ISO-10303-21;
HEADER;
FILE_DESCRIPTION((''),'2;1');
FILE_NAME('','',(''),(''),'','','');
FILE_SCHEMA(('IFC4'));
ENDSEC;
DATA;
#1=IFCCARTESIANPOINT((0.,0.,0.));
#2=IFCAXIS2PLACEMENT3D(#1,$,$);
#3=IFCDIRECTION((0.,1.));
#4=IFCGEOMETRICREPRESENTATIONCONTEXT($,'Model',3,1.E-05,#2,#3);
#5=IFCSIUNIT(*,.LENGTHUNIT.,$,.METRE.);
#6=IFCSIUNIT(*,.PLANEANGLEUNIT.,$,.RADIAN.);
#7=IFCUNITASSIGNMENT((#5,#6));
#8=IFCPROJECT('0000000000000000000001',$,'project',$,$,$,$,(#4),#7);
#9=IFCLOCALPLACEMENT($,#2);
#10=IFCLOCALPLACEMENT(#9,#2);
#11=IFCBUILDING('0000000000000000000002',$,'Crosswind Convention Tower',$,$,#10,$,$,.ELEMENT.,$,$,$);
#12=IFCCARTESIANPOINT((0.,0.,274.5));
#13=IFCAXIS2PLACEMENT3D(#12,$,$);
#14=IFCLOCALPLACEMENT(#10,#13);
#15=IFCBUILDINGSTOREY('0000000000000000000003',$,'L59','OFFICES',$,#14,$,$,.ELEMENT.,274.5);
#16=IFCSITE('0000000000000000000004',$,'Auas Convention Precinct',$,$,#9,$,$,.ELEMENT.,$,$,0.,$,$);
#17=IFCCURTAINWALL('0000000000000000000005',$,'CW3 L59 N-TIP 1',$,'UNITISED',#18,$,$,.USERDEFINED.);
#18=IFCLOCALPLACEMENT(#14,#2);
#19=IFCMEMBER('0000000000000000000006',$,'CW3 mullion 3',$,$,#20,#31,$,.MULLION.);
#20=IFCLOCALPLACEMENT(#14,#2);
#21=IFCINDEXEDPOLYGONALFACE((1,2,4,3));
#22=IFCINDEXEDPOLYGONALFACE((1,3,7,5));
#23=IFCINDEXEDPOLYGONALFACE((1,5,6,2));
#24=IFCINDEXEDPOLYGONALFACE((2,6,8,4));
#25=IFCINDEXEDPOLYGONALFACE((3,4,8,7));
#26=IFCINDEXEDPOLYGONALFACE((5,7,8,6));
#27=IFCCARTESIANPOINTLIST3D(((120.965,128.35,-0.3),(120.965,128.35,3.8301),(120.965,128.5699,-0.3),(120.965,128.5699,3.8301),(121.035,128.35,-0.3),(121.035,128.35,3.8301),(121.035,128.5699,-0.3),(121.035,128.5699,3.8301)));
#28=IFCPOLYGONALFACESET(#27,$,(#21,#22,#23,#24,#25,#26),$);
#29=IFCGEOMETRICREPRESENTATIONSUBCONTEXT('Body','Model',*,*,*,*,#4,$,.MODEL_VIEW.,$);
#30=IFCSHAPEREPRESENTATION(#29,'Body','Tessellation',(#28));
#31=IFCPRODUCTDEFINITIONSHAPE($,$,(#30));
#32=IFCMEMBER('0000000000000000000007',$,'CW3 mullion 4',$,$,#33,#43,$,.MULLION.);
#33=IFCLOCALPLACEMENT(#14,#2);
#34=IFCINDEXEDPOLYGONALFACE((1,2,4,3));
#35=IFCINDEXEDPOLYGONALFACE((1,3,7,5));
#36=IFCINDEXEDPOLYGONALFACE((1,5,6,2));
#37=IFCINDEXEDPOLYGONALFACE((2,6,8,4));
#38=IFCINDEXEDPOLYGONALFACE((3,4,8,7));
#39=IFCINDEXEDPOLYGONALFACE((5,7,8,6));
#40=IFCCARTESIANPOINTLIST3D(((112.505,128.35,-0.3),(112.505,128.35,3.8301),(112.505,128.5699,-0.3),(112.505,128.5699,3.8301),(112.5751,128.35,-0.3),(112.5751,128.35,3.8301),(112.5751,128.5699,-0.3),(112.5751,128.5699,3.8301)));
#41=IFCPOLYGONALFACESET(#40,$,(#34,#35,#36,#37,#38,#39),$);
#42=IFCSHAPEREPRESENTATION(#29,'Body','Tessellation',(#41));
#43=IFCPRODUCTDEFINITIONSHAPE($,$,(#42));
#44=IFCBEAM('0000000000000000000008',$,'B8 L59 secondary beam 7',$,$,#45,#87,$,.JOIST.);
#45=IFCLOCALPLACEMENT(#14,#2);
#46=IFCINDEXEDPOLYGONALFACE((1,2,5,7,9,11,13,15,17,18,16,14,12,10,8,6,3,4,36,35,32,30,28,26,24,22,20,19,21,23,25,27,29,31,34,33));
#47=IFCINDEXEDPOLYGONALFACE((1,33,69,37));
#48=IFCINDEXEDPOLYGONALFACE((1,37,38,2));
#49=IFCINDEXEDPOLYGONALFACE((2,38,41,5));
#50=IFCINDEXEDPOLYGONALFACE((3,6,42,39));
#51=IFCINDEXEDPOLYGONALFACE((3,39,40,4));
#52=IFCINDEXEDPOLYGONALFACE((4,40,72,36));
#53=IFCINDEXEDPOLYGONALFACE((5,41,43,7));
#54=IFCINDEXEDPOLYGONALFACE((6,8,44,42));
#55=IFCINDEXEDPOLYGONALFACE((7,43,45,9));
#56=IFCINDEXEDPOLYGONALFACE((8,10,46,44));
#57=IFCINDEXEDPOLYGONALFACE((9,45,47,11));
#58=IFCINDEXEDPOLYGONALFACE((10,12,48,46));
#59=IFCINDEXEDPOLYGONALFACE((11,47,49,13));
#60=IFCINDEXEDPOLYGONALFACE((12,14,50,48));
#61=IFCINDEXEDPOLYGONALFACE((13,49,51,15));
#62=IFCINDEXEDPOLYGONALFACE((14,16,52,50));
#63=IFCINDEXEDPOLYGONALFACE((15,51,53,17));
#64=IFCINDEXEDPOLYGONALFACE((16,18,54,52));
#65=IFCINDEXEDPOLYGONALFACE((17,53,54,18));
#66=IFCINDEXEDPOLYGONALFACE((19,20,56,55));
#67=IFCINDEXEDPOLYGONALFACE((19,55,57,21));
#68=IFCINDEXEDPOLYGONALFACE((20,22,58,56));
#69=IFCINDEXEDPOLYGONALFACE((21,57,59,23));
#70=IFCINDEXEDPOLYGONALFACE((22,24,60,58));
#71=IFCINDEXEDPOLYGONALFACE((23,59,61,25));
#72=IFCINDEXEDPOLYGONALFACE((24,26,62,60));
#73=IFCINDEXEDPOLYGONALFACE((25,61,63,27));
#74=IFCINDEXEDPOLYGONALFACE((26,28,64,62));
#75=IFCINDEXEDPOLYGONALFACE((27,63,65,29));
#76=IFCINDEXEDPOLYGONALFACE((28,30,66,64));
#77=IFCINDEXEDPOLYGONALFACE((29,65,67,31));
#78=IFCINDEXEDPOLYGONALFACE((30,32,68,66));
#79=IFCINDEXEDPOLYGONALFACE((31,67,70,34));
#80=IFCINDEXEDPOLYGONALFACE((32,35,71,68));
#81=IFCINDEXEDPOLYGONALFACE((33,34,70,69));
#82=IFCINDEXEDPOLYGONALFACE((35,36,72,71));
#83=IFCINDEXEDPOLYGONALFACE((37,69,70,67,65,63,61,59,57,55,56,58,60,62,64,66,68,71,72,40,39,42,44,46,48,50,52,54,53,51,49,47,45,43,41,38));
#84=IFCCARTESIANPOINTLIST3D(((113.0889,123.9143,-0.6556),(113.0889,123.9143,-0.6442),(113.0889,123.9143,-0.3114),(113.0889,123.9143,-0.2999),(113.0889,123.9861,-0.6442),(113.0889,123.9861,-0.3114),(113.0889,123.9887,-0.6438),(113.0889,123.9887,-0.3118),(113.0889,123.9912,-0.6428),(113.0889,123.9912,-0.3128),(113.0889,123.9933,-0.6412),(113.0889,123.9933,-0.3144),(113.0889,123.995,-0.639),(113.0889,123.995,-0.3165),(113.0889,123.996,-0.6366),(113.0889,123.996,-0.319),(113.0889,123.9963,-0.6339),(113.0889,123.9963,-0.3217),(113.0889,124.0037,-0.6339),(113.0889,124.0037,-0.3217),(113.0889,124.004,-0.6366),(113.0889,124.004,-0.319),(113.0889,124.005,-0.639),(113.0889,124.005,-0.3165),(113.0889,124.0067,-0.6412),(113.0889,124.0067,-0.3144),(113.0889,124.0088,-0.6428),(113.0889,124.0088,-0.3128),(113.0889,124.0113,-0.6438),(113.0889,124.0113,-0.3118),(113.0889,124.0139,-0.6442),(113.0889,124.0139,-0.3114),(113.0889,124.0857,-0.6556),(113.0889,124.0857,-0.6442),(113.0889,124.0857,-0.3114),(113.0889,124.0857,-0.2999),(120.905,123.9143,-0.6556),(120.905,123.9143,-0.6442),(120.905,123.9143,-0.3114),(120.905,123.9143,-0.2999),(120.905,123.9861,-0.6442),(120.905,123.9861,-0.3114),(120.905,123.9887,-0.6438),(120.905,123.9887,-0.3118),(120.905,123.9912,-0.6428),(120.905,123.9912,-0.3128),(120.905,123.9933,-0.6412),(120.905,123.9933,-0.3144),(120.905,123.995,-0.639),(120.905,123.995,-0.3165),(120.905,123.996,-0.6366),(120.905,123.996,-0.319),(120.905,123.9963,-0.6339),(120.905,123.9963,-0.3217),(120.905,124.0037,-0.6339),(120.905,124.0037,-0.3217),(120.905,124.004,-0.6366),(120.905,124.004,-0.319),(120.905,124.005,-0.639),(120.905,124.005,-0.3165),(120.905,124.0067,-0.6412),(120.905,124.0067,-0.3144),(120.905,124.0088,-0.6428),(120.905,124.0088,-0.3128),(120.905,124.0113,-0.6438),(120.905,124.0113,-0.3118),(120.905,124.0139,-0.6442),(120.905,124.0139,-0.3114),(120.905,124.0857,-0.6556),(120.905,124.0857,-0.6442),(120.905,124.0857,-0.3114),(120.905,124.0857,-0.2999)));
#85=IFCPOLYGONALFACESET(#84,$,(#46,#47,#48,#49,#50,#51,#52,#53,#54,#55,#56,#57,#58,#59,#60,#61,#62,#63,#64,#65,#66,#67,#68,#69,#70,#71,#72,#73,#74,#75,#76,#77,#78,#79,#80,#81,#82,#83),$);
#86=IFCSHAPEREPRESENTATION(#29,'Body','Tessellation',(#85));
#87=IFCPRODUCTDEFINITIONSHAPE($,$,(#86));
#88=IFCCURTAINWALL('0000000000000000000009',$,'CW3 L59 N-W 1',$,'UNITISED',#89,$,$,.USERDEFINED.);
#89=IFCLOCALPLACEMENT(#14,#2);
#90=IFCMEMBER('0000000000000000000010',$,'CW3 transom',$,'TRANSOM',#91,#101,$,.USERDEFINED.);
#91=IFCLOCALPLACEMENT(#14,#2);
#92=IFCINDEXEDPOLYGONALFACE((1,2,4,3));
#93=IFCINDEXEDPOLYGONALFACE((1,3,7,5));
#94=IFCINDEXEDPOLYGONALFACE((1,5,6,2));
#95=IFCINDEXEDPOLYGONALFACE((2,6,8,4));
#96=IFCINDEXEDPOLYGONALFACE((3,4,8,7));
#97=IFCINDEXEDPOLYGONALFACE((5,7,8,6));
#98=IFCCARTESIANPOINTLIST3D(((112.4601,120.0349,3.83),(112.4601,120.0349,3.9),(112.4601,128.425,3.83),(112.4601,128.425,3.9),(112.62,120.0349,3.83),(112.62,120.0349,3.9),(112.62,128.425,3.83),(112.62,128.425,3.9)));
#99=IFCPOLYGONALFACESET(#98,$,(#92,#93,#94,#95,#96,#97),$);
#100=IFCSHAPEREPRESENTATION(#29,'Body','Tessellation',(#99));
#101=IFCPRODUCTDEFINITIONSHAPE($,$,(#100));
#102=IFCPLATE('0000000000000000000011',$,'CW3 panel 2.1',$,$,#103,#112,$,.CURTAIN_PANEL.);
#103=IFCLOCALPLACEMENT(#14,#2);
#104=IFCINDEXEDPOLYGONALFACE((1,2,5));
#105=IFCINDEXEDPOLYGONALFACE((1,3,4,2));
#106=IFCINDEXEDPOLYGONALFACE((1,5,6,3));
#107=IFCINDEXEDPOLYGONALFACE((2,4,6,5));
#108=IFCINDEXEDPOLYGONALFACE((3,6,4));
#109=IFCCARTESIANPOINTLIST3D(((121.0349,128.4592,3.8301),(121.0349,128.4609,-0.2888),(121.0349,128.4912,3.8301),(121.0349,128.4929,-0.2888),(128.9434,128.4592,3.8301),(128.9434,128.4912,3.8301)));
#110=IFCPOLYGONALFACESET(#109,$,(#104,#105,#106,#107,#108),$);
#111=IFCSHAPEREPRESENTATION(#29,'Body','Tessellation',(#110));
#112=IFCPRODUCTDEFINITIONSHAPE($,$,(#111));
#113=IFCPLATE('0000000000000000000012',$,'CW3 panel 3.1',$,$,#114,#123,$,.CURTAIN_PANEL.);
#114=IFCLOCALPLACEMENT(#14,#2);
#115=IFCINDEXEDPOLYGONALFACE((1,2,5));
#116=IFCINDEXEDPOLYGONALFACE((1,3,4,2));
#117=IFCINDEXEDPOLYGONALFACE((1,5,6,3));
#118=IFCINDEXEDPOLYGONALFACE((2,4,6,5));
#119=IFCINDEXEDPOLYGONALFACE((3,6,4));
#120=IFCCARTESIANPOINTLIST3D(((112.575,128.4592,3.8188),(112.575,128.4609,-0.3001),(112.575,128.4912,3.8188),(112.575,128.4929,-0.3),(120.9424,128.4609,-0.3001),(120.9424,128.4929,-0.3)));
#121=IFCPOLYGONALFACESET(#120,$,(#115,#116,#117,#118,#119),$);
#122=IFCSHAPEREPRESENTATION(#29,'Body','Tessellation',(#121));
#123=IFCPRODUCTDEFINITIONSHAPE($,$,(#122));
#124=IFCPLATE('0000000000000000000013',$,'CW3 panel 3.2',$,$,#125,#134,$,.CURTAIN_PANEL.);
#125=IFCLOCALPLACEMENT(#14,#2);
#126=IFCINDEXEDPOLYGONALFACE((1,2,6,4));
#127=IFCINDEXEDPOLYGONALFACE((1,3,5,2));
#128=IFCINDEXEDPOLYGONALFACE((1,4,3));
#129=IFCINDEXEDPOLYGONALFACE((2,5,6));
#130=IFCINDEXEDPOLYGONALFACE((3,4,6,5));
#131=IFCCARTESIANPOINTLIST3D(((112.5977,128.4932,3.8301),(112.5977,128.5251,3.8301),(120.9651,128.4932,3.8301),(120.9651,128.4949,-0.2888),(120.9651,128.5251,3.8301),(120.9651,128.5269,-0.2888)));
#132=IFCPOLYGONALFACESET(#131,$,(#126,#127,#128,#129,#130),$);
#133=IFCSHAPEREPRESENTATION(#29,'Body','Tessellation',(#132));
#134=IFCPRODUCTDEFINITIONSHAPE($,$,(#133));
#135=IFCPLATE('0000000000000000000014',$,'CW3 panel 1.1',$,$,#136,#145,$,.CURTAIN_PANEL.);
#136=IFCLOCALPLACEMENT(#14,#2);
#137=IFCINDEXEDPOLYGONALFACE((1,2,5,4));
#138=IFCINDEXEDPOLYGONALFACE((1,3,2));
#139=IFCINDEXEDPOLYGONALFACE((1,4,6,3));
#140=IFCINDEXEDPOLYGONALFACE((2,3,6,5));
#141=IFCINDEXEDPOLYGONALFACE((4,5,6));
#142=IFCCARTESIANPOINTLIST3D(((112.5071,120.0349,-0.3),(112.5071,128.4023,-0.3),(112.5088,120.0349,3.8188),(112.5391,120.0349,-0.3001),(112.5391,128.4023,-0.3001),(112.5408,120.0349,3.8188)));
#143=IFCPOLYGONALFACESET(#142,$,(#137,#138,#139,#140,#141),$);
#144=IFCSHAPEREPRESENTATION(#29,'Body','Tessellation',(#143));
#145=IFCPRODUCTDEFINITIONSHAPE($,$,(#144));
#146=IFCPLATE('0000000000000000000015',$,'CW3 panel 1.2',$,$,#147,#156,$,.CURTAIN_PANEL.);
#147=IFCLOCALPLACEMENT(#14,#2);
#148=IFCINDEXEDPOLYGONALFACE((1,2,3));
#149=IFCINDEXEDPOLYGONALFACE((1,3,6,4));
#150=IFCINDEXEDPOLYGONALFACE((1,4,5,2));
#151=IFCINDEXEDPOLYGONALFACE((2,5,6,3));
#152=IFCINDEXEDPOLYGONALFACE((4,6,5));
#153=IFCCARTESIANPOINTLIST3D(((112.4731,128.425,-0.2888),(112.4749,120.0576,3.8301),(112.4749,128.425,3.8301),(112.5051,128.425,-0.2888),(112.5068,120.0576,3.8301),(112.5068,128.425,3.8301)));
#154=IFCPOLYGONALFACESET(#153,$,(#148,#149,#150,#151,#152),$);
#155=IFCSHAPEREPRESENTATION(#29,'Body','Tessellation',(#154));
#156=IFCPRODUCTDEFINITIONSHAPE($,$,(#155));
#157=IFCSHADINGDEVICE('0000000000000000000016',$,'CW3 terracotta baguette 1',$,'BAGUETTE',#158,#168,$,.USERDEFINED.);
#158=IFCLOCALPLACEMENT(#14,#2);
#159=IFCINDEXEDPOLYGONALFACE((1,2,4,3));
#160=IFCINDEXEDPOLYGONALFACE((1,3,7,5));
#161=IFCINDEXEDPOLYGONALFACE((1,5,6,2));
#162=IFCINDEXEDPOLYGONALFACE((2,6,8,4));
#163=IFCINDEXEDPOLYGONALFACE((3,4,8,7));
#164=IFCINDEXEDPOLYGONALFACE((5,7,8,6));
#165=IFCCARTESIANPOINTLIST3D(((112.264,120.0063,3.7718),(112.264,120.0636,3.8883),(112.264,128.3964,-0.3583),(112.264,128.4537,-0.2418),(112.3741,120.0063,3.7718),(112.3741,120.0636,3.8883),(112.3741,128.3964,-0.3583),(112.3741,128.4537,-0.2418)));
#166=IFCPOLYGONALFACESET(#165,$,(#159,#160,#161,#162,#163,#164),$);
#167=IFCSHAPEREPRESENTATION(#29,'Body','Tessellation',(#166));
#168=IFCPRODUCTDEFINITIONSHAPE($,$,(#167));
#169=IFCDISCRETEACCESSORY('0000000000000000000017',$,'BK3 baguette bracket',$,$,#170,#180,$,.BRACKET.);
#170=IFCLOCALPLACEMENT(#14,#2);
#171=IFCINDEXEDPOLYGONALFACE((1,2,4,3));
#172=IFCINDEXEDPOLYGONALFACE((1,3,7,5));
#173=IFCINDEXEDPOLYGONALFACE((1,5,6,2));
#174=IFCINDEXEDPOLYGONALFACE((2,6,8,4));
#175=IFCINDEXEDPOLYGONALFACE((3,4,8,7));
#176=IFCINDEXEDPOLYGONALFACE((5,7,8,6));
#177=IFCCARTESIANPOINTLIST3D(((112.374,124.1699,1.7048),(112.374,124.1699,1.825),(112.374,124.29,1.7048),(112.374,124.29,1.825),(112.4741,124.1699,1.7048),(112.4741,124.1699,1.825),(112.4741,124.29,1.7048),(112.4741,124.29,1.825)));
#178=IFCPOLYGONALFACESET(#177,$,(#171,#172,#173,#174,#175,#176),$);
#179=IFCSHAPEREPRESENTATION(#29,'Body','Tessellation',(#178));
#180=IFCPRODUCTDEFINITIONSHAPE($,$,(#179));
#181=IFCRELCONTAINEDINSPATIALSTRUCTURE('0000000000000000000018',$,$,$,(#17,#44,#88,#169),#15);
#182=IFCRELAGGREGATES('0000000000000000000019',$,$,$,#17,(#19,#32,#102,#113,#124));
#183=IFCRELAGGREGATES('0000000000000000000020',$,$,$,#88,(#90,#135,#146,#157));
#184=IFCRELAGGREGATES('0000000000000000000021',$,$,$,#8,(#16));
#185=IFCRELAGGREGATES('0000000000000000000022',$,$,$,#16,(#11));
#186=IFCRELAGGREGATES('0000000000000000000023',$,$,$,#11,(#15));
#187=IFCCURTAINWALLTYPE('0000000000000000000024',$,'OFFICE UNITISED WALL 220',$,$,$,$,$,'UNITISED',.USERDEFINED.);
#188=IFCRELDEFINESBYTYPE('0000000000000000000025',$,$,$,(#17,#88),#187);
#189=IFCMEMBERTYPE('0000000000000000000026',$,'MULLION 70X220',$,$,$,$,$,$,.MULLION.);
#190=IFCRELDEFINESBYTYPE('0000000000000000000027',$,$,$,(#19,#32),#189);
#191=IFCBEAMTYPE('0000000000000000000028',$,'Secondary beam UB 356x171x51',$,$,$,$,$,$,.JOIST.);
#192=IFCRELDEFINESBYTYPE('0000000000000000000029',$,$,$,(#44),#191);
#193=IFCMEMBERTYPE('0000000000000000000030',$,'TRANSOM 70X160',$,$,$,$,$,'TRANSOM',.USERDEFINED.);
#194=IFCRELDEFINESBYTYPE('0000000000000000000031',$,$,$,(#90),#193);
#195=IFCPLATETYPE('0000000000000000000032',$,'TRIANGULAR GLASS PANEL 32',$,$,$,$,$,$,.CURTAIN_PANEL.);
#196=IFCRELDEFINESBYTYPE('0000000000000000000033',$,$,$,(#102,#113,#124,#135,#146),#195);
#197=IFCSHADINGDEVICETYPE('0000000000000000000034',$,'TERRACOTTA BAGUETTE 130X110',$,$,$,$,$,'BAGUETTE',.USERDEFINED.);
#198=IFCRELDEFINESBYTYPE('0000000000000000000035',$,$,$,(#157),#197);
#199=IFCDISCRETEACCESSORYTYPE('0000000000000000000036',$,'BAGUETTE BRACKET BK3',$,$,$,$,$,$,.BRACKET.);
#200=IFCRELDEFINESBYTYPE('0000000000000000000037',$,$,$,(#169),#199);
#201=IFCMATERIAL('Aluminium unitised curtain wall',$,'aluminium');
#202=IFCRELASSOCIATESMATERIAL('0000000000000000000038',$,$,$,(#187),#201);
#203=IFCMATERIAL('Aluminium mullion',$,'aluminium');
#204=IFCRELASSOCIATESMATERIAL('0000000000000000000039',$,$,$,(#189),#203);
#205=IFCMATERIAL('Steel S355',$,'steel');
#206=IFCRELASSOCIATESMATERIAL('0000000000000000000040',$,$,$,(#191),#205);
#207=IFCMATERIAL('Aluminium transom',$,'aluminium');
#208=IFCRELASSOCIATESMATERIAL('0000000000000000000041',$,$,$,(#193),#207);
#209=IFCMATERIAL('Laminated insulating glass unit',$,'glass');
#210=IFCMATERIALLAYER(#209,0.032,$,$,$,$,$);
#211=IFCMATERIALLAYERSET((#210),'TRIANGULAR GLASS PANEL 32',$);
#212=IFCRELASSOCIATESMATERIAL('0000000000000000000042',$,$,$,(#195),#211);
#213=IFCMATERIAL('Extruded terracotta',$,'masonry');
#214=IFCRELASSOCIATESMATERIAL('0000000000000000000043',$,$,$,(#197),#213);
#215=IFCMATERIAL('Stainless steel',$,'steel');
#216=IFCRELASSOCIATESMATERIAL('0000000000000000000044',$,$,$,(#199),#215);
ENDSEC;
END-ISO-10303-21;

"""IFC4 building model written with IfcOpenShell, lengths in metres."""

from ifc_helpers import new_model, si_unit, direction, frame, origin, origin_2d, place, context, subcontext, project, spatial, polyline, rectangle, i_section, outline, extrude, material, layer, layer_set, material_profile, profile_set, type_object, element, aggregate, save


model = new_model("IFC4")

# Units and contexts
model_context = context("Model", 3, precision=1e-05, world=origin(), true_north=direction((0.0, 1.0)))
body_context = subcontext(model_context, "Body", "Model", "MODEL_VIEW")
ifc_project = project(units=[si_unit("LENGTHUNIT", "METRE"), si_unit("PLANEANGLEUNIT", "RADIAN")], contexts=[model_context])

# Site, building, storey
site_placement = place(None, origin())
site = spatial("IfcSite", under=ifc_project, at=site_placement, Name="Auas Convention Precinct", CompositionType="ELEMENT", RefElevation=0.0)
building_placement = place(site_placement, origin())
building = spatial("IfcBuilding", under=site, at=building_placement, Name="Crosswind Convention Tower", CompositionType="ELEMENT")
storey_placement = place(building_placement, frame((0.0, 0.0, 274.5)))
storey = spatial("IfcBuildingStorey", under=building, at=storey_placement, Name="L59", Description="OFFICES", CompositionType="ELEMENT", Elevation=274.5)

# Shared definitions
ifc_material_1 = material(Name="Steel S355", Category="steel")

# Curtain wall, members
ifc_material_2 = material(Name="Aluminium unitised curtain wall", Category="aluminium")
curtain_wall_type = type_object("IfcCurtainWallType", Name="OFFICE UNITISED WALL 220", ElementType="UNITISED", PredefinedType="USERDEFINED", material=ifc_material_2)
curtain_wall_1_placement = place(storey_placement, origin())
curtain_wall_1 = element("IfcCurtainWall", 1, at=curtain_wall_1_placement, inside=storey, type_object=curtain_wall_type, Name="CW3 L59 N-TIP 1", ObjectType="UNITISED", PredefinedType="USERDEFINED")
ifc_material_3 = material(Name="Aluminium mullion", Category="aluminium")
ifc_material_profile_1 = material_profile(ifc_material_3, rectangle(XDim=0.22, YDim=0.0701, at=origin_2d()), Name="AL 220X70")
ifc_profile_set_1 = profile_set([ifc_material_profile_1], Name="Aluminium mullion")
member_type_1 = type_object("IfcMemberType", Name="MULLION 70X220", PredefinedType="MULLION", material=ifc_profile_set_1)
member_1_placement = place(storey_placement, frame((121.0, 128.46, -0.3), z_axis=(0.0, 0.0, 1.0), x_axis=(0.0, 1.0, 0.0)))
member_1 = element("IfcMember", 2, at=member_1_placement, type_object=member_type_1, Name="CW3 mullion 3", PredefinedType="MULLION", context=body_context, shape_type="SweptSolid", body=[
    extrude(rectangle(XDim=0.22, YDim=0.0701, at=origin_2d()), origin(), (0.0, 0.0, 1.0), 4.1301),
])
member_2_placement = place(storey_placement, frame((112.54, 128.46, -0.3), z_axis=(0.0, 0.0, 1.0), x_axis=(0.0, 1.0, 0.0)))
member_2 = element("IfcMember", 3, at=member_2_placement, type_object=member_type_1, Name="CW3 mullion 4", PredefinedType="MULLION", context=body_context, shape_type="SweptSolid", body=[
    extrude(rectangle(XDim=0.22, YDim=0.0701, at=origin_2d()), origin(), (0.0, 0.0, 1.0), 4.1301),
])

# Beam
ifc_material_profile_2 = material_profile(ifc_material_1, i_section(OverallWidth=0.1714, OverallDepth=0.3557, WebThickness=0.0073, FlangeThickness=0.0115, FilletRadius=0.0103, at=origin_2d()), Name="UB 356x171x51")
ifc_profile_set_2 = profile_set([ifc_material_profile_2], Name="Steel S355")
beam_type_1 = type_object("IfcBeamType", Name="Secondary beam UB 356x171x51", PredefinedType="JOIST", material=ifc_profile_set_2)
beam_1_placement = place(storey_placement, frame((113.0889, 124.0, -0.4778), z_axis=(1.0, 0.0, 0.0), x_axis=(0.0, 1.0, 0.0)))
element("IfcBeam", 4, at=beam_1_placement, inside=storey, type_object=beam_type_1, Name="B8 L59 secondary beam 7", PredefinedType="JOIST", context=body_context, shape_type="SweptSolid", body=[
    extrude(i_section(OverallWidth=0.1714, OverallDepth=0.3557, WebThickness=0.0073, FlangeThickness=0.0115, FilletRadius=0.0103, at=origin_2d()), origin(), (0.0, 0.0, 1.0), 7.8162),
])

# Curtain wall, member
curtain_wall_2_placement = place(storey_placement, origin())
curtain_wall_2 = element("IfcCurtainWall", 5, at=curtain_wall_2_placement, inside=storey, type_object=curtain_wall_type, Name="CW3 L59 N-W 1", ObjectType="UNITISED", PredefinedType="USERDEFINED")
ifc_material_4 = material(Name="Aluminium transom", Category="aluminium")
ifc_material_profile_3 = material_profile(ifc_material_4, rectangle(XDim=0.1599, YDim=0.0701, at=origin_2d()), Name="AL 160X70")
ifc_profile_set_3 = profile_set([ifc_material_profile_3], Name="Aluminium transom")
member_type_2 = type_object("IfcMemberType", Name="TRANSOM 70X160", ElementType="TRANSOM", PredefinedType="USERDEFINED", material=ifc_profile_set_3)
member_3_placement = place(storey_placement, frame((112.54, 128.425, 3.865), z_axis=(0.0, -1.0, 0.0), x_axis=(1.0, 0.0, 0.0)))
member_3 = element("IfcMember", 6, at=member_3_placement, type_object=member_type_2, Name="CW3 transom", ObjectType="TRANSOM", PredefinedType="USERDEFINED", context=body_context, shape_type="SweptSolid", body=[
    extrude(rectangle(XDim=0.1599, YDim=0.0701, at=origin_2d()), origin(), (0.0, 0.0, 1.0), 8.3901),
])

# Plates
ifc_material_5 = material(Name="Laminated insulating glass unit", Category="glass")
ifc_layer = layer(ifc_material_5, 0.032)
ifc_layer_set = layer_set([ifc_layer], Name="TRIANGULAR GLASS PANEL 32")
plate_type = type_object("IfcPlateType", Name="TRIANGULAR GLASS PANEL 32", PredefinedType="CURTAIN_PANEL", material=ifc_layer_set)
plate_1_placement = place(storey_placement, frame((121.0349, 128.4912, 3.8301), z_axis=(0.0, 1.0, 0.000415), x_axis=(1.0, 0.0, 0.0)))
plate_1 = element("IfcPlate", 7, at=plate_1_placement, type_object=plate_type, Name="CW3 panel 2.1", PredefinedType="CURTAIN_PANEL", context=body_context, shape_type="SweptSolid", body=[
    extrude(outline(polyline([(0.0, 0.0), (7.9084, 0.0), (0.0, 4.1189), (0.0, 0.0)])), origin(), (0.0, 0.0, -1.0), 0.032),
])
plate_2_placement = place(storey_placement, frame((112.575, 128.4929, -0.3), z_axis=(0.0, 1.0, 0.000415), x_axis=(0.0, -0.000415, 1.0)))
plate_2 = element("IfcPlate", 8, at=plate_2_placement, type_object=plate_type, Name="CW3 panel 3.1", PredefinedType="CURTAIN_PANEL", context=body_context, shape_type="SweptSolid", body=[
    extrude(outline(polyline([(0.0, 0.0), (4.1189, 0.0), (0.0, 8.3674), (0.0, 0.0)])), origin(), (0.0, 0.0, -1.0), 0.032),
])
plate_3_placement = place(storey_placement, frame((120.9651, 128.5251, 3.8301), z_axis=(0.0, 1.0, 0.000415), x_axis=(0.0, 0.000415, -1.0)))
plate_3 = element("IfcPlate", 9, at=plate_3_placement, type_object=plate_type, Name="CW3 panel 3.2", PredefinedType="CURTAIN_PANEL", context=body_context, shape_type="SweptSolid", body=[
    extrude(outline(polyline([(0.0, 0.0), (4.1189, 0.0), (0.0, 8.3674), (0.0, 0.0)])), origin(), (0.0, 0.0, -1.0), 0.032),
])
aggregate(curtain_wall_1, [member_1, member_2, plate_1, plate_2, plate_3])
plate_4_placement = place(storey_placement, frame((112.5071, 120.0349, -0.3), z_axis=(-1.0, 0.0, 0.000415), x_axis=(0.000415, 0.0, 1.0)))
plate_4 = element("IfcPlate", 10, at=plate_4_placement, type_object=plate_type, Name="CW3 panel 1.1", PredefinedType="CURTAIN_PANEL", context=body_context, shape_type="SweptSolid", body=[
    extrude(outline(polyline([(0.0, 0.0), (4.1189, 0.0), (0.0, 8.3674), (0.0, 0.0)])), origin(), (0.0, 0.0, -1.0), 0.032),
])
plate_5_placement = place(storey_placement, frame((112.4749, 128.425, 3.8301), z_axis=(-1.0, 0.0, 0.000415), x_axis=(-0.000415, 0.0, -1.0)))
plate_5 = element("IfcPlate", 11, at=plate_5_placement, type_object=plate_type, Name="CW3 panel 1.2", PredefinedType="CURTAIN_PANEL", context=body_context, shape_type="SweptSolid", body=[
    extrude(outline(polyline([(0.0, 0.0), (4.1189, 0.0), (0.0, 8.3674), (0.0, 0.0)])), origin(), (0.0, 0.0, -1.0), 0.032),
])

# Shading device
ifc_material_6 = material(Name="Extruded terracotta", Category="masonry")
ifc_material_profile_4 = material_profile(ifc_material_6, rectangle(XDim=0.1101, YDim=0.1299, at=origin_2d()), Name="TC 110X130")
ifc_profile_set_4 = profile_set([ifc_material_profile_4], Name="Extruded terracotta")
shading_device_type = type_object("IfcShadingDeviceType", Name="TERRACOTTA BAGUETTE 130X110", ElementType="BAGUETTE", PredefinedType="USERDEFINED", material=ifc_profile_set_4)
shading_device_placement = place(storey_placement, frame((112.3191, 128.425, -0.3), z_axis=(0.0, -0.897188, 0.441649), x_axis=(1.0, 0.0, 0.0)))
shading_device = element("IfcShadingDevice", 12, at=shading_device_placement, type_object=shading_device_type, Name="CW3 terracotta baguette 1", ObjectType="BAGUETTE", PredefinedType="USERDEFINED", context=body_context, shape_type="SweptSolid", body=[
    extrude(rectangle(XDim=0.1101, YDim=0.1299, at=origin_2d()), origin(), (0.0, 0.0, 1.0), 9.3516),
])
aggregate(curtain_wall_2, [member_3, plate_4, plate_5, shading_device])

# Discrete accessory
ifc_material_7 = material(Name="Stainless steel", Category="steel")
discrete_accessory_type = type_object("IfcDiscreteAccessoryType", Name="BAGUETTE BRACKET BK3", PredefinedType="BRACKET", material=ifc_material_7)
discrete_accessory_placement = place(storey_placement, frame((112.4241, 124.23, 1.7048), z_axis=(0.0, 0.0, 1.0), x_axis=(0.0, -1.0, 0.0)))
element("IfcDiscreteAccessory", 13, at=discrete_accessory_placement, inside=storey, type_object=discrete_accessory_type, Name="BK3 baguette bracket", PredefinedType="BRACKET", context=body_context, shape_type="SweptSolid", body=[
    extrude(rectangle(XDim=0.1201, YDim=0.1001, at=origin_2d()), origin(), (0.0, 0.0, 1.0), 0.1201),
])

save(model, "model.ifc")
